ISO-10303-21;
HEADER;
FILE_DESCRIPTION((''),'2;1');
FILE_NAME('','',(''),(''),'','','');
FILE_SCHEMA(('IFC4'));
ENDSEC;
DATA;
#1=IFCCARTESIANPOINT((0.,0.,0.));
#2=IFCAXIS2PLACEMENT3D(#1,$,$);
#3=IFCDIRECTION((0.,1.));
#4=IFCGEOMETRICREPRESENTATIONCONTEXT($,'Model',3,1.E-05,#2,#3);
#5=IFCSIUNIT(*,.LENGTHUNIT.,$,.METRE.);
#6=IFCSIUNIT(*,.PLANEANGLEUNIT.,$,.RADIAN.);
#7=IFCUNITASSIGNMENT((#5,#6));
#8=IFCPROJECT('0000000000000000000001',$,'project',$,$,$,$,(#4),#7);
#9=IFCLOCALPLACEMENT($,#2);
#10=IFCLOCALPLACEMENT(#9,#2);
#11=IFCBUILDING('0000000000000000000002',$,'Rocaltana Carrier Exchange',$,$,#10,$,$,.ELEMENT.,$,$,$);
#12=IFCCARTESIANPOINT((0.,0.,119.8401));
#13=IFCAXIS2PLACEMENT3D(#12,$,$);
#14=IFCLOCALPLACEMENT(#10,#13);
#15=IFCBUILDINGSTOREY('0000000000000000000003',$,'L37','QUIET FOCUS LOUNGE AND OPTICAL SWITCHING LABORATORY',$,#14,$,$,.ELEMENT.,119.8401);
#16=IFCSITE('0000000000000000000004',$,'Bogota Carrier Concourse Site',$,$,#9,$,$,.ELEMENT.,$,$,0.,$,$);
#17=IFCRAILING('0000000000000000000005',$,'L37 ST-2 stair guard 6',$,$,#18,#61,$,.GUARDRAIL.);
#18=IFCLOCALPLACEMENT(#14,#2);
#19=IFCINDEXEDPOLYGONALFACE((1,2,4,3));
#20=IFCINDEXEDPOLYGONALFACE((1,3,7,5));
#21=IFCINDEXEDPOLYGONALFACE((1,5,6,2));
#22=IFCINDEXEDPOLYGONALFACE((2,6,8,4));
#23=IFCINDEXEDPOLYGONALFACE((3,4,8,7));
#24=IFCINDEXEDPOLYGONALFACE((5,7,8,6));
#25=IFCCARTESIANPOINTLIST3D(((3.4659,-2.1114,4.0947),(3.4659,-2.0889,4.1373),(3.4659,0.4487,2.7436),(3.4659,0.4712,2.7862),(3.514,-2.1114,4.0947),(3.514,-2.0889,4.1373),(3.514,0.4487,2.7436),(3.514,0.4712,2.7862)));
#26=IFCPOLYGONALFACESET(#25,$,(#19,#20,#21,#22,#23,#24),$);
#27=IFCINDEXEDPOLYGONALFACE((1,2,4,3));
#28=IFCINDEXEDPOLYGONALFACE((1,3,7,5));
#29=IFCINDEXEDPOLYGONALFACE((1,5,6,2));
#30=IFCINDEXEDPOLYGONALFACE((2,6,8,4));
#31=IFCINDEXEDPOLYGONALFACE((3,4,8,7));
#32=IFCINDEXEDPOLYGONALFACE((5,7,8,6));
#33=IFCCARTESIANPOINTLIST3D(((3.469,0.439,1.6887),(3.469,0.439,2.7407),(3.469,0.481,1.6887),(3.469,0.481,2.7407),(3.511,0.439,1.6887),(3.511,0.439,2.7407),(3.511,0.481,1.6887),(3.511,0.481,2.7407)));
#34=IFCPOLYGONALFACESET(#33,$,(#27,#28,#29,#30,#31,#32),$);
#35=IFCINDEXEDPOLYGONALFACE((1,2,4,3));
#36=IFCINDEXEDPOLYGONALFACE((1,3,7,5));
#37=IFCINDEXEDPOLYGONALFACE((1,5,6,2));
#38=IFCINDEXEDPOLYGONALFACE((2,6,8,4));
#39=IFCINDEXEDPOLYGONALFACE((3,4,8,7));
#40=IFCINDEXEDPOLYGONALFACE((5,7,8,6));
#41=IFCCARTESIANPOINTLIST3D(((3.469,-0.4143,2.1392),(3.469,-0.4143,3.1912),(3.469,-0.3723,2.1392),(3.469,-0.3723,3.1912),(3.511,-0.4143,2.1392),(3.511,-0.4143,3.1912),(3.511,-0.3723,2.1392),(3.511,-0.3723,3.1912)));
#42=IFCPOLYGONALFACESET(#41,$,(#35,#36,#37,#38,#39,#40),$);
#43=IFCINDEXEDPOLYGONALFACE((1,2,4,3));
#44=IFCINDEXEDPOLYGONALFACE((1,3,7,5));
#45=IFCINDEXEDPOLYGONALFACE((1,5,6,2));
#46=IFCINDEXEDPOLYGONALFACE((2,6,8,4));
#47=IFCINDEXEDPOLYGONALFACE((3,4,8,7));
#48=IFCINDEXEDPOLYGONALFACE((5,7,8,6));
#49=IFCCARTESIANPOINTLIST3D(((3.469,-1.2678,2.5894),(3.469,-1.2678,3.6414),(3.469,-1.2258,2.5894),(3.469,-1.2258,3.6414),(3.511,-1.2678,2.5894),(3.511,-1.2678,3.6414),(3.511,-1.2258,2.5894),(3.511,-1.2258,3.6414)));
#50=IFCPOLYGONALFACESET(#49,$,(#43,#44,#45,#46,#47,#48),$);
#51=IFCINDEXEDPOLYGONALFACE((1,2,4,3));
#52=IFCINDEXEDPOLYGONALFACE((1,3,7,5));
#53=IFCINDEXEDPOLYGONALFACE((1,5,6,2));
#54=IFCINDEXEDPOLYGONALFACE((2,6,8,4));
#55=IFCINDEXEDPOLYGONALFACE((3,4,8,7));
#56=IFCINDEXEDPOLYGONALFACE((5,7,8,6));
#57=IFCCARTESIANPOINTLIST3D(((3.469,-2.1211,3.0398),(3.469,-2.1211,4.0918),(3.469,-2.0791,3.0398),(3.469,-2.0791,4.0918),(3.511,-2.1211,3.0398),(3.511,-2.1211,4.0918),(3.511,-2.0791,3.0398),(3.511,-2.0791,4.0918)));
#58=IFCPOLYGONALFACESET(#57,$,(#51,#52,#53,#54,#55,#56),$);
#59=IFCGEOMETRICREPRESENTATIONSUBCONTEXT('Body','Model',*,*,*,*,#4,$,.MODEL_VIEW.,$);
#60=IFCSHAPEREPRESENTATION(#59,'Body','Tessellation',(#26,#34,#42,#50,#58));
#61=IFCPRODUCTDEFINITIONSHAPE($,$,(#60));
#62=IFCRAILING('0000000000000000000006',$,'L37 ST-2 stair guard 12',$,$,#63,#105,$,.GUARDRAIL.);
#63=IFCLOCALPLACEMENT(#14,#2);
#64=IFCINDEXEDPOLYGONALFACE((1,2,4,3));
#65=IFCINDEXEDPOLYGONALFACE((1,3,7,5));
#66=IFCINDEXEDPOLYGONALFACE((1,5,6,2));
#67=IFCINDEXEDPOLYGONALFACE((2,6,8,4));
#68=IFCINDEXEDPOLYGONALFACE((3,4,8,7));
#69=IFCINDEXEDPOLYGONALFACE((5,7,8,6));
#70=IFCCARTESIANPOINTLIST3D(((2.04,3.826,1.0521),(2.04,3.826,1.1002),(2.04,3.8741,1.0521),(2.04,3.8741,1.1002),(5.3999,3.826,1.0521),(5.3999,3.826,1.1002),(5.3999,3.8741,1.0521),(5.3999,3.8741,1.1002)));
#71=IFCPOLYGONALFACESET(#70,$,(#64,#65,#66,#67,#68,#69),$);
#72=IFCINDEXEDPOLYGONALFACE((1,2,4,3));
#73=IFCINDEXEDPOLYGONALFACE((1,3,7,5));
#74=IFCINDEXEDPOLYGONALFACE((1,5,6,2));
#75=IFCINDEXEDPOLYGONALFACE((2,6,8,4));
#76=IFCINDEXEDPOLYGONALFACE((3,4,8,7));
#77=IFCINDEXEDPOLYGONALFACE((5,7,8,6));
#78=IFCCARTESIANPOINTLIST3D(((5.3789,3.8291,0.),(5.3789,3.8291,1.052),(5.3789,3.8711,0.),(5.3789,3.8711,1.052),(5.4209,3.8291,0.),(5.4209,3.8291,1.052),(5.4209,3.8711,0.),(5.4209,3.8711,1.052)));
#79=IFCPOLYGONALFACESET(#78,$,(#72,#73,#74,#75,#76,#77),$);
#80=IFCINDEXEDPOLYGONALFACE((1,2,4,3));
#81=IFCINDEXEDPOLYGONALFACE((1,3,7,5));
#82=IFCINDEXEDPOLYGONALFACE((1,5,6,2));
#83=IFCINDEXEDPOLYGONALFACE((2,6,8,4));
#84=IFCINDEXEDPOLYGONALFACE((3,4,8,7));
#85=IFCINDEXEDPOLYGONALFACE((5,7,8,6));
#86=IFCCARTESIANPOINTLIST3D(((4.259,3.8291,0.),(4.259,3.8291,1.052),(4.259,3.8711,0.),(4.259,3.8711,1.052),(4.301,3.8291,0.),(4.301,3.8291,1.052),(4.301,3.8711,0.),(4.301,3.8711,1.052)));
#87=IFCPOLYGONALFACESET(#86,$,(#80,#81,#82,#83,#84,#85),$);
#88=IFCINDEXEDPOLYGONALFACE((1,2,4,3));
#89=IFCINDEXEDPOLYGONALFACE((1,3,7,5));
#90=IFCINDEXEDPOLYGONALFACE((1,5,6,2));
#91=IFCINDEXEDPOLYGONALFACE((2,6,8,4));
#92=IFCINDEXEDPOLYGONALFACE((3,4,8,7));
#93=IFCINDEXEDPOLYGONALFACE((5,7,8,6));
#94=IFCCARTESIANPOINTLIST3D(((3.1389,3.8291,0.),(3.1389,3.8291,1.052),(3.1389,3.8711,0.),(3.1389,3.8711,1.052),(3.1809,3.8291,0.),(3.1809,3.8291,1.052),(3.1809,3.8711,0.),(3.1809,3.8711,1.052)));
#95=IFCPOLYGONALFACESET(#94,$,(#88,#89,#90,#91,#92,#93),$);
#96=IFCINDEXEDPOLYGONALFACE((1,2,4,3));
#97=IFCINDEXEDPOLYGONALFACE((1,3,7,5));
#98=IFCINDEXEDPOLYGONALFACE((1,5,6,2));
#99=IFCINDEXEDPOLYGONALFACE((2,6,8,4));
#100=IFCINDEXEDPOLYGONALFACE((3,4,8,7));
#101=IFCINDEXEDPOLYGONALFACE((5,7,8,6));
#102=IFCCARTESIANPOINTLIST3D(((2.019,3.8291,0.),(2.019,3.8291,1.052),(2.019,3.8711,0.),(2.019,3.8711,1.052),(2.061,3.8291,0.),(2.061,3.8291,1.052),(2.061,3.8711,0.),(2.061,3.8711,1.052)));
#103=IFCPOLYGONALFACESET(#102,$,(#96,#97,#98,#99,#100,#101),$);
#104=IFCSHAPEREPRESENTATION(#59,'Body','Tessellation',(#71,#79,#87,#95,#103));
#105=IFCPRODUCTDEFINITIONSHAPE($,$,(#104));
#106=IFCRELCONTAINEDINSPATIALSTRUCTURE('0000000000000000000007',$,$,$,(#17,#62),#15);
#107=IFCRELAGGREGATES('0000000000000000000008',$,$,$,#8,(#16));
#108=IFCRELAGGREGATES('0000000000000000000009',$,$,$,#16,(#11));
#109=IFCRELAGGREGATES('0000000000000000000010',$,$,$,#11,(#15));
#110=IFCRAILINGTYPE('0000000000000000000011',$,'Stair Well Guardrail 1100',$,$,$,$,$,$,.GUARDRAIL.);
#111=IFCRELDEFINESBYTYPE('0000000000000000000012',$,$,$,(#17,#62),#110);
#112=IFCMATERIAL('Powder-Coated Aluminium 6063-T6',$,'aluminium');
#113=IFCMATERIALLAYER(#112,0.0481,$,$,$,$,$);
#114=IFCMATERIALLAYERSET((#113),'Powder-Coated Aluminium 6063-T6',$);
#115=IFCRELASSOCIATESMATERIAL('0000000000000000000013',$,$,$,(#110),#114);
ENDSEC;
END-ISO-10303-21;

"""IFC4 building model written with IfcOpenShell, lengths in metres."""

from ifc_helpers import new_model, si_unit, direction, frame, origin, origin_2d, place, context, subcontext, project, spatial, rectangle, extrude, material, layer, layer_set, type_object, element, save


model = new_model("IFC4")

# Units and contexts
model_context = context("Model", 3, precision=1e-05, world=origin(), true_north=direction((0.0, 1.0)))
body_context = subcontext(model_context, "Body", "Model", "MODEL_VIEW")
ifc_project = project(units=[si_unit("LENGTHUNIT", "METRE"), si_unit("PLANEANGLEUNIT", "RADIAN")], contexts=[model_context])

# Site, building, storey
site_placement = place(None, origin())
site = spatial("IfcSite", under=ifc_project, at=site_placement, Name="Bogota Carrier Concourse Site", CompositionType="ELEMENT", RefElevation=0.0)
building_placement = place(site_placement, origin())
building = spatial("IfcBuilding", under=site, at=building_placement, Name="Rocaltana Carrier Exchange", CompositionType="ELEMENT")
storey_placement = place(building_placement, frame((0.0, 0.0, 119.8401)))
storey = spatial("IfcBuildingStorey", under=building, at=storey_placement, Name="L37", Description="QUIET FOCUS LOUNGE AND OPTICAL SWITCHING LABORATORY", CompositionType="ELEMENT", Elevation=119.8401)

# Railings
ifc_material_1 = material(Name="Powder-Coated Aluminium 6063-T6", Category="aluminium")
ifc_layer_1 = layer(ifc_material_1, 0.0481)
ifc_layer_set_1 = layer_set([ifc_layer_1], Name="Powder-Coated Aluminium 6063-T6")
railing_type_1 = type_object("IfcRailingType", Name="Stair Well Guardrail 1100", PredefinedType="GUARDRAIL", material=ifc_layer_set_1)
railing_1_placement = place(storey_placement, frame((3.49, 0.46, 1.6887)))
element("IfcRailing", 1, at=railing_1_placement, inside=storey, type_object=railing_type_1, Name="L37 ST-2 stair guard 6", PredefinedType="GUARDRAIL", context=body_context, shape_type="SweptSolid", body=[
    extrude(rectangle(XDim=0.0481, YDim=0.0481, at=origin_2d()), frame((0.0, 0.0, 1.0762), z_axis=(0.0, -0.884394, 0.46674), x_axis=(1.0, 0.0, 0.0)), (0.0, 0.0, 1.0), 2.8948),
    extrude(rectangle(XDim=0.042, YDim=0.042, at=origin_2d()), origin(), (0.0, 0.0, 1.0), 1.052),
    extrude(rectangle(XDim=0.042, YDim=0.042, at=origin_2d()), frame((0.0, -0.8533, 0.4504)), (0.0, 0.0, 1.0), 1.052),
    extrude(rectangle(XDim=0.042, YDim=0.042, at=origin_2d()), frame((0.0, -1.7068, 0.9006)), (0.0, 0.0, 1.0), 1.052),
    extrude(rectangle(XDim=0.042, YDim=0.042, at=origin_2d()), frame((0.0, -2.5601, 1.3511)), (0.0, 0.0, 1.0), 1.052),
])
railing_2_placement = place(storey_placement, frame((5.3999, 3.8501, 0.0)))
element("IfcRailing", 2, at=railing_2_placement, inside=storey, type_object=railing_type_1, Name="L37 ST-2 stair guard 12", PredefinedType="GUARDRAIL", context=body_context, shape_type="SweptSolid", body=[
    extrude(rectangle(XDim=0.0481, YDim=0.0481, at=origin_2d()), frame((0.0, 0.0, 1.0762), z_axis=(-1.0, 0.0, 0.0), x_axis=(0.0, -1.0, 0.0)), (0.0, 0.0, 1.0), 3.3599),
    extrude(rectangle(XDim=0.042, YDim=0.042, at=origin_2d()), origin(), (0.0, 0.0, 1.0), 1.052),
    extrude(rectangle(XDim=0.042, YDim=0.042, at=origin_2d()), frame((-1.1199, 0.0, 0.0)), (0.0, 0.0, 1.0), 1.052),
    extrude(rectangle(XDim=0.042, YDim=0.042, at=origin_2d()), frame((-2.24, 0.0, 0.0)), (0.0, 0.0, 1.0), 1.052),
    extrude(rectangle(XDim=0.042, YDim=0.042, at=origin_2d()), frame((-3.3599, 0.0, 0.0)), (0.0, 0.0, 1.0), 1.052),
])

save(model, "model.ifc")
